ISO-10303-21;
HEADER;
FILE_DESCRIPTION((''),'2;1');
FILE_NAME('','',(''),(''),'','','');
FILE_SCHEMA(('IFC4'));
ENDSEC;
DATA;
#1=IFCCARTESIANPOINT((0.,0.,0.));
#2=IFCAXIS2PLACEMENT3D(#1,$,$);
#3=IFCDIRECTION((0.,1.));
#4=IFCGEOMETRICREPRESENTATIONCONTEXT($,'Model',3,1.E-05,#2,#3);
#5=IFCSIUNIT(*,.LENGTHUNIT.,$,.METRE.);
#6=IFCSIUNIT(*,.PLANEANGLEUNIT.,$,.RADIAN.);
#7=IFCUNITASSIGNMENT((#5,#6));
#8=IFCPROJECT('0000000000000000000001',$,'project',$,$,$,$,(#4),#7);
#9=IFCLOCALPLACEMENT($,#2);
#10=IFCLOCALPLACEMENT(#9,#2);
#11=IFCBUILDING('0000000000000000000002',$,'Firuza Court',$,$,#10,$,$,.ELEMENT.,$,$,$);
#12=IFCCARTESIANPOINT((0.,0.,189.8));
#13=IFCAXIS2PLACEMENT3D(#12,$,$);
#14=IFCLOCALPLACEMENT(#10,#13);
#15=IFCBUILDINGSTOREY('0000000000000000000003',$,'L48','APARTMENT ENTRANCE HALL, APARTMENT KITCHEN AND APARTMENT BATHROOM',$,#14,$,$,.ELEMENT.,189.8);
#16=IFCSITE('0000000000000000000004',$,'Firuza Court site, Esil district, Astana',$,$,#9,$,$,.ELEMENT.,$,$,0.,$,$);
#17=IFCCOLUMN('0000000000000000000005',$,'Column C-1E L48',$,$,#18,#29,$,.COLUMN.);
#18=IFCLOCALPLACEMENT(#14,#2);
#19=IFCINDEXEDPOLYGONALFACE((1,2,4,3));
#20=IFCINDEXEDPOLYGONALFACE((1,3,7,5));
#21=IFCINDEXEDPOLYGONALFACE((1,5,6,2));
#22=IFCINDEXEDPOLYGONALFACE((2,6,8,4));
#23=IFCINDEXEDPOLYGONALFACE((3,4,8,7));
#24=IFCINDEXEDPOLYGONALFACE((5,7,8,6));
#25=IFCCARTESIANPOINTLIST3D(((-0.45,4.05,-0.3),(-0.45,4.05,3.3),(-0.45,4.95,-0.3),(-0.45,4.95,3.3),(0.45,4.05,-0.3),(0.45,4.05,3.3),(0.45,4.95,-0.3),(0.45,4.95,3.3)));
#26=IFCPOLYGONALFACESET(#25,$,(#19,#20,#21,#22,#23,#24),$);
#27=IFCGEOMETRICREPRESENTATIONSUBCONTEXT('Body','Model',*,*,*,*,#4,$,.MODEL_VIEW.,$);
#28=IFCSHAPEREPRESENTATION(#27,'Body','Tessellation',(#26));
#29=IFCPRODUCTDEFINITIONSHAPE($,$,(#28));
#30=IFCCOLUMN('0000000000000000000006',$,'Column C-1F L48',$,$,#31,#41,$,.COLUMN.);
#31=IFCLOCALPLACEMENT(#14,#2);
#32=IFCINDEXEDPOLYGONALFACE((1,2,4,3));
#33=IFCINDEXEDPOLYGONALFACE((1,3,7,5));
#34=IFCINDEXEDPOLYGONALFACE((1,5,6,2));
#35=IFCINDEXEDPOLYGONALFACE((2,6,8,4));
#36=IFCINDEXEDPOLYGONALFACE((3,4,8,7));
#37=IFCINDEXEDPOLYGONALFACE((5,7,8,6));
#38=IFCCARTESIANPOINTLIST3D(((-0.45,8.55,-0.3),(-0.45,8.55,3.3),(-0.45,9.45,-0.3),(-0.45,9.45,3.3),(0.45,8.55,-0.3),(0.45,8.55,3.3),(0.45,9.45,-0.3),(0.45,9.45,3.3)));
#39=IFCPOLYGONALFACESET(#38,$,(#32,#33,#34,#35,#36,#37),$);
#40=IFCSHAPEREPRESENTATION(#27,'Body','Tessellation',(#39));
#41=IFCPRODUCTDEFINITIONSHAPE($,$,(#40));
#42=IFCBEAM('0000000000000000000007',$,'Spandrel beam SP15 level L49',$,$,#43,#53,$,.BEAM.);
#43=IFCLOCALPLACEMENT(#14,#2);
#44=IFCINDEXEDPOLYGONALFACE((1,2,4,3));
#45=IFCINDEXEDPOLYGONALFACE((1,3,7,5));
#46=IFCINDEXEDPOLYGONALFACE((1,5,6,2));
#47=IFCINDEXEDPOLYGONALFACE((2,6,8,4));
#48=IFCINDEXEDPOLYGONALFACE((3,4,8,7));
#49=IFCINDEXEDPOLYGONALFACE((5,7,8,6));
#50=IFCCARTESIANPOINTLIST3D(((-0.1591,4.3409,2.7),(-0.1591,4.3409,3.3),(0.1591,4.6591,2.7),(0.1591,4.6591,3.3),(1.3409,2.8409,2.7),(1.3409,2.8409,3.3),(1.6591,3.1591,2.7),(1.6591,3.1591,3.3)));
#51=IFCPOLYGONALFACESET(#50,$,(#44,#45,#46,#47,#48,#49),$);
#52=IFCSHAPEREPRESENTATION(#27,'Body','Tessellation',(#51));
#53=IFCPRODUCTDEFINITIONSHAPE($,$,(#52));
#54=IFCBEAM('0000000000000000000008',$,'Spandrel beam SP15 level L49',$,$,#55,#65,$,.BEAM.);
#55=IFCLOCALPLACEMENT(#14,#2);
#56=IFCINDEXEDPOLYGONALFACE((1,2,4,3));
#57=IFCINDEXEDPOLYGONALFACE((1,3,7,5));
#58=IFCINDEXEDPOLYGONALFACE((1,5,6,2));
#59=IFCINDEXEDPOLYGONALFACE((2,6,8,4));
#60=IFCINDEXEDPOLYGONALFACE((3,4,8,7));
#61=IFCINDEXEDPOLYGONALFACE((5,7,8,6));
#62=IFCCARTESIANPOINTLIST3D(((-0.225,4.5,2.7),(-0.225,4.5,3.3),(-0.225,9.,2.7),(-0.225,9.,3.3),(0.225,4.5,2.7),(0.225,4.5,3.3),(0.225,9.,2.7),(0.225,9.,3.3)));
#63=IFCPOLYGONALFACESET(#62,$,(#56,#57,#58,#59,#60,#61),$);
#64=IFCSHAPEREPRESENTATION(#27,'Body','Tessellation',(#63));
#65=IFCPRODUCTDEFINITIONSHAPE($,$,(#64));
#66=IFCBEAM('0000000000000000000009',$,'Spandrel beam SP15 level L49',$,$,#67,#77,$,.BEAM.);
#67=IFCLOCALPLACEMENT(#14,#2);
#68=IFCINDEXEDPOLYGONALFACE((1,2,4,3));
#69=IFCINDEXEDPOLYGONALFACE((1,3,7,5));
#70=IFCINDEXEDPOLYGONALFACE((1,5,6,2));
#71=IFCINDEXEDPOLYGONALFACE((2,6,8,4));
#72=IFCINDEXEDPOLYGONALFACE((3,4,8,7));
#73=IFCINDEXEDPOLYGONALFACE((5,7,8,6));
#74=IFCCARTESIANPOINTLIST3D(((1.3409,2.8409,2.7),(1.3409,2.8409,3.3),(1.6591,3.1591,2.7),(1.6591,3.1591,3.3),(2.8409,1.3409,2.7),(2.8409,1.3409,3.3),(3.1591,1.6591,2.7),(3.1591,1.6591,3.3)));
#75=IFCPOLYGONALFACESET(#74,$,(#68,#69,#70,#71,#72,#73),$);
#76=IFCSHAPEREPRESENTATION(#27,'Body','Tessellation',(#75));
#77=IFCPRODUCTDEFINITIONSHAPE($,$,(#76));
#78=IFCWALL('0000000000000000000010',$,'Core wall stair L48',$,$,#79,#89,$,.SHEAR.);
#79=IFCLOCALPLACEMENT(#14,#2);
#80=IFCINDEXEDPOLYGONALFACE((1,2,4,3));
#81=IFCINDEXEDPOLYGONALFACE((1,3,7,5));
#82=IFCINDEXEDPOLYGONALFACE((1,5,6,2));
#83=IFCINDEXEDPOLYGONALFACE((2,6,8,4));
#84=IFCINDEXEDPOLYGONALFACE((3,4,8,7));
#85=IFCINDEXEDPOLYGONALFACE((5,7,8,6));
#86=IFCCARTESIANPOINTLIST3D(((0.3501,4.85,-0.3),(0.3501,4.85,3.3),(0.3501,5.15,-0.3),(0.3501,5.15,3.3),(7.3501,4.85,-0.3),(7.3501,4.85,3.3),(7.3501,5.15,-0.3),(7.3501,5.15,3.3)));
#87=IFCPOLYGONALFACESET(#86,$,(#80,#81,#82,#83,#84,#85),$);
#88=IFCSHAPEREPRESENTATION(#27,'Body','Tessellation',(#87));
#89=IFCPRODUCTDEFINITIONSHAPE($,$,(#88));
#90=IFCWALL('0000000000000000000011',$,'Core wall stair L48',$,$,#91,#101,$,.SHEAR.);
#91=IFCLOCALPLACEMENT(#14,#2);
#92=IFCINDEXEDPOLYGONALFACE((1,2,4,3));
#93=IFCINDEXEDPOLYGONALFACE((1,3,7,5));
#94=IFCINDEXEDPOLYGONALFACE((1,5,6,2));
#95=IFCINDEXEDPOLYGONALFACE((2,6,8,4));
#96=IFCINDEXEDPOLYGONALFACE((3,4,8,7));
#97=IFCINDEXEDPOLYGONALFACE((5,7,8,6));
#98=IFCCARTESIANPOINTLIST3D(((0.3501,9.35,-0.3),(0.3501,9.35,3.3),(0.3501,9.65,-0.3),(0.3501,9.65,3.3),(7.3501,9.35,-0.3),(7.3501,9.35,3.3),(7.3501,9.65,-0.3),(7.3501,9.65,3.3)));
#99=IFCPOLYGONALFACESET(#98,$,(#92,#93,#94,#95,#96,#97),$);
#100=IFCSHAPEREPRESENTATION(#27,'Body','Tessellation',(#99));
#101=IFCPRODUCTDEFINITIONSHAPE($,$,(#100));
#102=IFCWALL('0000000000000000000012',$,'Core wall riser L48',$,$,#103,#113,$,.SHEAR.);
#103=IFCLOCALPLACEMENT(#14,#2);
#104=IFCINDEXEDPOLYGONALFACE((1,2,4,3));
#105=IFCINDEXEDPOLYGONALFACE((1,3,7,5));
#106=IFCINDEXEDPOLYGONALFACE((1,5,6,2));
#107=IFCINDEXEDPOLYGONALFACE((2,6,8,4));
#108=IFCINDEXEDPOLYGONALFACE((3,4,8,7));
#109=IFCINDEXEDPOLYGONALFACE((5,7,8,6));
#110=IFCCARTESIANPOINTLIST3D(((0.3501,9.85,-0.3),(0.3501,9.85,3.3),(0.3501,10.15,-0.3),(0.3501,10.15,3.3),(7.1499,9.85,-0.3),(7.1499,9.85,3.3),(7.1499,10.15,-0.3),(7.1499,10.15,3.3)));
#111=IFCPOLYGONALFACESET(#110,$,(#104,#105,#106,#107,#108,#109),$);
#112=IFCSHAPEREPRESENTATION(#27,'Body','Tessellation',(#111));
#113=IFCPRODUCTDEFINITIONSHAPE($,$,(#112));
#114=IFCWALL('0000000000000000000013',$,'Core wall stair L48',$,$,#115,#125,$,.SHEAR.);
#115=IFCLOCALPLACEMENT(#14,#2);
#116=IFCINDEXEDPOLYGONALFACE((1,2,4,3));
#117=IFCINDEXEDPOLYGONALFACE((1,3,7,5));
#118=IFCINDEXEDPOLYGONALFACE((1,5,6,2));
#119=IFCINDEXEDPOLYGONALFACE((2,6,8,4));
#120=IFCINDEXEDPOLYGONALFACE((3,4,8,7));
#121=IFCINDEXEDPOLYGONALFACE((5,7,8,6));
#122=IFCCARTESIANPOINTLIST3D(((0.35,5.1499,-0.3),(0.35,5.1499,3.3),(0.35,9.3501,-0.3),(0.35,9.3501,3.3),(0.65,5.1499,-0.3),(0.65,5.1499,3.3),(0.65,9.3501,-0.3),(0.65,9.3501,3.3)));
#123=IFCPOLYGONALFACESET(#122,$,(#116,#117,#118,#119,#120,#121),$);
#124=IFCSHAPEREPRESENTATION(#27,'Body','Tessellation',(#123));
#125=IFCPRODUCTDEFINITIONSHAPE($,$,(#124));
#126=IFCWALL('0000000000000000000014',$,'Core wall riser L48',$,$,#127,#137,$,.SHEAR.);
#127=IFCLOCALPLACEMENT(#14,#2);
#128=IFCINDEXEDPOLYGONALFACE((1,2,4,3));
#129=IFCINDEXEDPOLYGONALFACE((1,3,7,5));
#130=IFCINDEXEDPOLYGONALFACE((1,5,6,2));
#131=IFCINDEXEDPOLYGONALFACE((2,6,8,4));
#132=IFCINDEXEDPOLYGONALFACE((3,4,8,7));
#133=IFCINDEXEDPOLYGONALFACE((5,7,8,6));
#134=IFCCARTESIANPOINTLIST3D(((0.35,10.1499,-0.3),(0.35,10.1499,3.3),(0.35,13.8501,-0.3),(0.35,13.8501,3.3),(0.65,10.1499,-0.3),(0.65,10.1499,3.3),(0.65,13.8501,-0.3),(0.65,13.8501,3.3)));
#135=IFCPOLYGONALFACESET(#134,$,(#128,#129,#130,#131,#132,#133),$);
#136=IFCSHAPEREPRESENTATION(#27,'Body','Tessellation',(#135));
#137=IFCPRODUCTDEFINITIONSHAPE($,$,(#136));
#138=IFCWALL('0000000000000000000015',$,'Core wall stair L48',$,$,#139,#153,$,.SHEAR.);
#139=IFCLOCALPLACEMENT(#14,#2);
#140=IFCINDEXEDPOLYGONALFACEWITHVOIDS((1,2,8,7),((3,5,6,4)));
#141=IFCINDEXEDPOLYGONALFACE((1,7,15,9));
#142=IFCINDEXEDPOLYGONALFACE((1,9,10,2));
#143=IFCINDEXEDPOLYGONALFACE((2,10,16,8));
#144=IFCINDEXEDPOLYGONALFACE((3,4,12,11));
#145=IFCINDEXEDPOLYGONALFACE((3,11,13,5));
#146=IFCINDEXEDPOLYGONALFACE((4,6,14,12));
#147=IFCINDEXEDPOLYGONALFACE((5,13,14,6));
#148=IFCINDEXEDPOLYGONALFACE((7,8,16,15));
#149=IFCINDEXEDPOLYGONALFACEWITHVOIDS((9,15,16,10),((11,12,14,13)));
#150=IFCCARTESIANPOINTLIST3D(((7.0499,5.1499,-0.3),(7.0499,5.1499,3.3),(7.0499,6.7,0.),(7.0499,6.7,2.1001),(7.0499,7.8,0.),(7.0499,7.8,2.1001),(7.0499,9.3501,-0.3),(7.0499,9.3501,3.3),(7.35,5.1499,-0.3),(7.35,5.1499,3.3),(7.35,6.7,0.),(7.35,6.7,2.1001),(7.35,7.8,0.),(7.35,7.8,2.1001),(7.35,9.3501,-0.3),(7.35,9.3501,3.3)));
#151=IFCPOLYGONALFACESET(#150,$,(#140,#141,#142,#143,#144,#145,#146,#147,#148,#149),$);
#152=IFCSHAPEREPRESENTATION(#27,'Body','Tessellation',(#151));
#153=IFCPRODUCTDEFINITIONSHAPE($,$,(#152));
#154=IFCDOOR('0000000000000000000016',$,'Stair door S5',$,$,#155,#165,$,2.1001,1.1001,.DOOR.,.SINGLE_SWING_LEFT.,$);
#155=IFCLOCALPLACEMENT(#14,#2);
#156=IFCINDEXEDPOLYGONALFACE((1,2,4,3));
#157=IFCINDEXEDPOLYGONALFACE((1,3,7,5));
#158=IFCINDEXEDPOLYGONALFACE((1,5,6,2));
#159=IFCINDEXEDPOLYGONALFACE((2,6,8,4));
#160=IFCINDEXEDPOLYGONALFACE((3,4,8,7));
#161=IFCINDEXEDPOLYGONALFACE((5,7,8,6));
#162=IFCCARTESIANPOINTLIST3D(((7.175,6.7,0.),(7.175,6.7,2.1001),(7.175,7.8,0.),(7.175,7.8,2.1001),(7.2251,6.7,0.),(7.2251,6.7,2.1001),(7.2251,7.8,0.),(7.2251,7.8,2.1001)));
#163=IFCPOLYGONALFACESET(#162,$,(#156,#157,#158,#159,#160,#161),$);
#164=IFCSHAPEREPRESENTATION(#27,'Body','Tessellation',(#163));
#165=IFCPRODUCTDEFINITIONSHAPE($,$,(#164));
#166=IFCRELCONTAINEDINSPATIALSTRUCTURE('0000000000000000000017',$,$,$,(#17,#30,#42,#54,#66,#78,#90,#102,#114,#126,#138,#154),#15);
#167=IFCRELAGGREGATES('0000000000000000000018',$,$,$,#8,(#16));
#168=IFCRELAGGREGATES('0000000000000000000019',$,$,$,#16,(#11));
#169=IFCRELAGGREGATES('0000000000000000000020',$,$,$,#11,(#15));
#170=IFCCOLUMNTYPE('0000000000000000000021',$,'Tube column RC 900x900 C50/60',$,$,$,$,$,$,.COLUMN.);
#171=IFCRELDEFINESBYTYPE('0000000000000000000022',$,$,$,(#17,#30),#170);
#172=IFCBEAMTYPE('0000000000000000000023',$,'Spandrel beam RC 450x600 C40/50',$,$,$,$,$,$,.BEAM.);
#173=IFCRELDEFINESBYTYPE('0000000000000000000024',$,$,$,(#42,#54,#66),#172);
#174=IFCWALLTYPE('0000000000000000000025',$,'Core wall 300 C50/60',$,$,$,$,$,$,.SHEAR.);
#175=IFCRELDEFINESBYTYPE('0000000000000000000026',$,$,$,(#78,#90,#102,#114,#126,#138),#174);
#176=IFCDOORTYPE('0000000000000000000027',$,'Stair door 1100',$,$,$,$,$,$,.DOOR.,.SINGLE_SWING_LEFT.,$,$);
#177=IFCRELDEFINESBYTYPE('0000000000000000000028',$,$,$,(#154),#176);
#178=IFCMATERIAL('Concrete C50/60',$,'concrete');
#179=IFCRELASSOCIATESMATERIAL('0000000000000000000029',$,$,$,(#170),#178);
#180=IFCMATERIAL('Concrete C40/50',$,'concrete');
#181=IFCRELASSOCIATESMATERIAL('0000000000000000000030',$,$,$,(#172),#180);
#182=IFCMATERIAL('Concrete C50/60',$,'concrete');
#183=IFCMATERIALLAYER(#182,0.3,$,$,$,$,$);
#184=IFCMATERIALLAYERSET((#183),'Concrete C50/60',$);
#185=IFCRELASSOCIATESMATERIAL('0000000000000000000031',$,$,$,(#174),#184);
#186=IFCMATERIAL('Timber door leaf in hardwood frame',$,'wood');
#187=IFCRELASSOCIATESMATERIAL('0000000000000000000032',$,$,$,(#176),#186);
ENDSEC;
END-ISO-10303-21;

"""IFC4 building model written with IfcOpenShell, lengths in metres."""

from ifc_helpers import new_model, si_unit, direction, frame, frame_2d, origin, origin_2d, place, context, subcontext, project, spatial, rectangle, extrude, material, layer, layer_set, material_profile, profile_set, type_object, element, fill, save


model = new_model("IFC4")

# Units and contexts
model_context = context("Model", 3, precision=1e-05, world=origin(), true_north=direction((0.0, 1.0)))
body_context = subcontext(model_context, "Body", "Model", "MODEL_VIEW")
ifc_project = project(units=[si_unit("LENGTHUNIT", "METRE"), si_unit("PLANEANGLEUNIT", "RADIAN")], contexts=[model_context])

# Site, building, storey
site_placement = place(None, origin())
site = spatial("IfcSite", under=ifc_project, at=site_placement, Name="Firuza Court site, Esil district, Astana", CompositionType="ELEMENT", RefElevation=0.0)
building_placement = place(site_placement, origin())
building = spatial("IfcBuilding", under=site, at=building_placement, Name="Firuza Court", CompositionType="ELEMENT")
storey_placement = place(building_placement, frame((0.0, 0.0, 189.8)))
storey = spatial("IfcBuildingStorey", under=building, at=storey_placement, Name="L48", Description="APARTMENT ENTRANCE HALL, APARTMENT KITCHEN AND APARTMENT BATHROOM", CompositionType="ELEMENT", Elevation=189.8)

# Columns
ifc_material_1 = material(Name="Concrete C50/60", Category="concrete")
ifc_material_profile_1 = material_profile(ifc_material_1, rectangle(XDim=0.8999, YDim=0.8999, at=origin_2d()), Name="RC 900x900")
ifc_profile_set_1 = profile_set([ifc_material_profile_1], Name="Concrete C50/60")
column_type = type_object("IfcColumnType", Name="Tube column RC 900x900 C50/60", PredefinedType="COLUMN", material=ifc_profile_set_1)
for number, where, z_axis, x_axis, name in (
    (1, (0.0, 4.5, -0.3), (0.0, 0.0, 1.0), (1.0, 0.0, 0.0), "Column C-1E L48"),
    (2, (0.0, 9.0, -0.3), (0.0, 0.0, 1.0), (1.0, 0.0, 0.0), "Column C-1F L48"),
):
    element("IfcColumn", number, at=place(storey_placement, frame(where, z_axis=z_axis, x_axis=x_axis)), inside=storey, type_object=column_type, Name=name, PredefinedType="COLUMN", context=body_context, shape_type="SweptSolid", body=[
        extrude(rectangle(XDim=0.8999, YDim=0.8999, at=origin_2d()), origin(), (0.0, 0.0, 1.0), 3.6001),
    ])

# Beams
ifc_material_2 = material(Name="Concrete C40/50", Category="concrete")
ifc_material_profile_2 = material_profile(ifc_material_2, rectangle(XDim=0.45, YDim=0.6001, at=origin_2d()), Name="RC 450x600")
ifc_profile_set_2 = profile_set([ifc_material_profile_2], Name="Concrete C40/50")
beam_type = type_object("IfcBeamType", Name="Spandrel beam RC 450x600 C40/50", PredefinedType="BEAM", material=ifc_profile_set_2)
beam_1_placement = place(storey_placement, frame((0.0, 4.5, 3.0), z_axis=(0.707107, -0.707107, 0.0), x_axis=(0.707107, 0.707107, 0.0)))
element("IfcBeam", 3, at=beam_1_placement, inside=storey, type_object=beam_type, Name="Spandrel beam SP15 level L49", PredefinedType="BEAM", context=body_context, shape_type="SweptSolid", body=[
    extrude(rectangle(XDim=0.45, YDim=0.6001, at=origin_2d()), origin(), (0.0, 0.0, 1.0), 2.1213),
])
beam_2_placement = place(storey_placement, frame((0.0, 9.0, 3.0), z_axis=(0.0, -1.0, 0.0), x_axis=(1.0, 0.0, 0.0)))
element("IfcBeam", 4, at=beam_2_placement, inside=storey, type_object=beam_type, Name="Spandrel beam SP15 level L49", PredefinedType="BEAM", context=body_context, shape_type="SweptSolid", body=[
    extrude(rectangle(XDim=0.45, YDim=0.6001, at=origin_2d()), origin(), (0.0, 0.0, 1.0), 4.5),
])
beam_3_placement = place(storey_placement, frame((1.5, 3.0, 3.0), z_axis=(0.707107, -0.707107, 0.0), x_axis=(0.707107, 0.707107, 0.0)))
element("IfcBeam", 5, at=beam_3_placement, inside=storey, type_object=beam_type, Name="Spandrel beam SP15 level L49", PredefinedType="BEAM", context=body_context, shape_type="SweptSolid", body=[
    extrude(rectangle(XDim=0.45, YDim=0.6001, at=origin_2d()), origin(), (0.0, 0.0, 1.0), 2.1213),
])

# Walls
ifc_material_3 = material(Name="Concrete C50/60", Category="concrete")
ifc_layer_1 = layer(ifc_material_3, 0.3)
ifc_layer_set_1 = layer_set([ifc_layer_1], Name="Concrete C50/60")
wall_type_1 = type_object("IfcWallType", Name="Core wall 300 C50/60", PredefinedType="SHEAR", material=ifc_layer_set_1)
for number, where, z_axis, x_axis, name in (
    (6, (0.3501, 5.0, -0.3), (0.0, 0.0, 1.0), (1.0, 0.0, 0.0), "Core wall stair L48"),
    (7, (0.3501, 9.5, -0.3), (0.0, 0.0, 1.0), (1.0, 0.0, 0.0), "Core wall stair L48"),
):
    element("IfcWall", number, at=place(storey_placement, frame(where, z_axis=z_axis, x_axis=x_axis)), inside=storey, type_object=wall_type_1, Name=name, PredefinedType="SHEAR", context=body_context, shape_type="SweptSolid", body=[
        extrude(rectangle(XDim=7.0, YDim=0.3, at=frame_2d((3.5, 0.0))), origin(), (0.0, 0.0, 1.0), 3.6001),
    ])
wall_1_placement = place(storey_placement, frame((0.3501, 10.0, -0.3), z_axis=(0.0, 0.0, 1.0), x_axis=(1.0, 0.0, 0.0)))
element("IfcWall", 8, at=wall_1_placement, inside=storey, type_object=wall_type_1, Name="Core wall riser L48", PredefinedType="SHEAR", context=body_context, shape_type="SweptSolid", body=[
    extrude(rectangle(XDim=6.7998, YDim=0.3, at=frame_2d((3.3999, 0.0))), origin(), (0.0, 0.0, 1.0), 3.6001),
])
wall_2_placement = place(storey_placement, frame((0.5, 5.1499, -0.3), z_axis=(0.0, 0.0, 1.0), x_axis=(0.0, 1.0, 0.0)))
element("IfcWall", 9, at=wall_2_placement, inside=storey, type_object=wall_type_1, Name="Core wall stair L48", PredefinedType="SHEAR", context=body_context, shape_type="SweptSolid", body=[
    extrude(rectangle(XDim=4.2002, YDim=0.3, at=frame_2d((2.1001, 0.0))), origin(), (0.0, 0.0, 1.0), 3.6001),
])
wall_3_placement = place(storey_placement, frame((0.5, 10.1499, -0.3), z_axis=(0.0, 0.0, 1.0), x_axis=(0.0, 1.0, 0.0)))
element("IfcWall", 10, at=wall_3_placement, inside=storey, type_object=wall_type_1, Name="Core wall riser L48", PredefinedType="SHEAR", context=body_context, shape_type="SweptSolid", body=[
    extrude(rectangle(XDim=3.7002, YDim=0.3, at=frame_2d((1.8501, 0.0))), origin(), (0.0, 0.0, 1.0), 3.6001),
])

# Wall, opening, door
wall_4_placement = place(storey_placement, frame((7.2, 5.1499, -0.3), z_axis=(0.0, 0.0, 1.0), x_axis=(0.0, 1.0, 0.0)))
wall_4 = element("IfcWall", 11, at=wall_4_placement, inside=storey, type_object=wall_type_1, Name="Core wall stair L48", PredefinedType="SHEAR", context=body_context, shape_type="SweptSolid", body=[
    extrude(rectangle(XDim=4.2002, YDim=0.3, at=frame_2d((2.1001, 0.0))), origin(), (0.0, 0.0, 1.0), 3.6001),
])
opening_1_placement = place(wall_4_placement, frame((1.55, 0.0, 0.3)))
opening_1 = element("IfcOpeningElement", 12, at=opening_1_placement, cuts=wall_4, PredefinedType="OPENING", context=body_context, shape_type="SweptSolid", body=[
    extrude(rectangle(XDim=1.1001, YDim=2.1001, at=frame_2d((0.55, 1.05))), frame((0.0, 0.1621, 0.0), z_axis=(0.0, -1.0, 0.0), x_axis=(1.0, 0.0, 0.0)), (0.0, 0.0, 1.0), 0.324),
])
ifc_material_4 = material(Name="Timber door leaf in hardwood frame", Category="wood")
door_type_1 = type_object("IfcDoorType", Name="Stair door 1100", OperationType="SINGLE_SWING_LEFT", PredefinedType="DOOR", material=ifc_material_4)
door_1_placement = place(opening_1_placement, origin())
door_1 = element("IfcDoor", 13, at=door_1_placement, inside=storey, type_object=door_type_1, Name="Stair door S5", OperationType="SINGLE_SWING_LEFT", OverallHeight=2.1001, OverallWidth=1.1001, PredefinedType="DOOR", context=body_context, shape_type="SweptSolid", body=[
    extrude(rectangle(XDim=1.1001, YDim=2.1001, at=frame_2d((0.55, 1.05))), frame((0.0, 0.0249, 0.0), z_axis=(0.0, -1.0, 0.0), x_axis=(1.0, 0.0, 0.0)), (0.0, 0.0, 1.0), 0.05),
])
fill(opening_1, door_1)

save(model, "model.ifc")
